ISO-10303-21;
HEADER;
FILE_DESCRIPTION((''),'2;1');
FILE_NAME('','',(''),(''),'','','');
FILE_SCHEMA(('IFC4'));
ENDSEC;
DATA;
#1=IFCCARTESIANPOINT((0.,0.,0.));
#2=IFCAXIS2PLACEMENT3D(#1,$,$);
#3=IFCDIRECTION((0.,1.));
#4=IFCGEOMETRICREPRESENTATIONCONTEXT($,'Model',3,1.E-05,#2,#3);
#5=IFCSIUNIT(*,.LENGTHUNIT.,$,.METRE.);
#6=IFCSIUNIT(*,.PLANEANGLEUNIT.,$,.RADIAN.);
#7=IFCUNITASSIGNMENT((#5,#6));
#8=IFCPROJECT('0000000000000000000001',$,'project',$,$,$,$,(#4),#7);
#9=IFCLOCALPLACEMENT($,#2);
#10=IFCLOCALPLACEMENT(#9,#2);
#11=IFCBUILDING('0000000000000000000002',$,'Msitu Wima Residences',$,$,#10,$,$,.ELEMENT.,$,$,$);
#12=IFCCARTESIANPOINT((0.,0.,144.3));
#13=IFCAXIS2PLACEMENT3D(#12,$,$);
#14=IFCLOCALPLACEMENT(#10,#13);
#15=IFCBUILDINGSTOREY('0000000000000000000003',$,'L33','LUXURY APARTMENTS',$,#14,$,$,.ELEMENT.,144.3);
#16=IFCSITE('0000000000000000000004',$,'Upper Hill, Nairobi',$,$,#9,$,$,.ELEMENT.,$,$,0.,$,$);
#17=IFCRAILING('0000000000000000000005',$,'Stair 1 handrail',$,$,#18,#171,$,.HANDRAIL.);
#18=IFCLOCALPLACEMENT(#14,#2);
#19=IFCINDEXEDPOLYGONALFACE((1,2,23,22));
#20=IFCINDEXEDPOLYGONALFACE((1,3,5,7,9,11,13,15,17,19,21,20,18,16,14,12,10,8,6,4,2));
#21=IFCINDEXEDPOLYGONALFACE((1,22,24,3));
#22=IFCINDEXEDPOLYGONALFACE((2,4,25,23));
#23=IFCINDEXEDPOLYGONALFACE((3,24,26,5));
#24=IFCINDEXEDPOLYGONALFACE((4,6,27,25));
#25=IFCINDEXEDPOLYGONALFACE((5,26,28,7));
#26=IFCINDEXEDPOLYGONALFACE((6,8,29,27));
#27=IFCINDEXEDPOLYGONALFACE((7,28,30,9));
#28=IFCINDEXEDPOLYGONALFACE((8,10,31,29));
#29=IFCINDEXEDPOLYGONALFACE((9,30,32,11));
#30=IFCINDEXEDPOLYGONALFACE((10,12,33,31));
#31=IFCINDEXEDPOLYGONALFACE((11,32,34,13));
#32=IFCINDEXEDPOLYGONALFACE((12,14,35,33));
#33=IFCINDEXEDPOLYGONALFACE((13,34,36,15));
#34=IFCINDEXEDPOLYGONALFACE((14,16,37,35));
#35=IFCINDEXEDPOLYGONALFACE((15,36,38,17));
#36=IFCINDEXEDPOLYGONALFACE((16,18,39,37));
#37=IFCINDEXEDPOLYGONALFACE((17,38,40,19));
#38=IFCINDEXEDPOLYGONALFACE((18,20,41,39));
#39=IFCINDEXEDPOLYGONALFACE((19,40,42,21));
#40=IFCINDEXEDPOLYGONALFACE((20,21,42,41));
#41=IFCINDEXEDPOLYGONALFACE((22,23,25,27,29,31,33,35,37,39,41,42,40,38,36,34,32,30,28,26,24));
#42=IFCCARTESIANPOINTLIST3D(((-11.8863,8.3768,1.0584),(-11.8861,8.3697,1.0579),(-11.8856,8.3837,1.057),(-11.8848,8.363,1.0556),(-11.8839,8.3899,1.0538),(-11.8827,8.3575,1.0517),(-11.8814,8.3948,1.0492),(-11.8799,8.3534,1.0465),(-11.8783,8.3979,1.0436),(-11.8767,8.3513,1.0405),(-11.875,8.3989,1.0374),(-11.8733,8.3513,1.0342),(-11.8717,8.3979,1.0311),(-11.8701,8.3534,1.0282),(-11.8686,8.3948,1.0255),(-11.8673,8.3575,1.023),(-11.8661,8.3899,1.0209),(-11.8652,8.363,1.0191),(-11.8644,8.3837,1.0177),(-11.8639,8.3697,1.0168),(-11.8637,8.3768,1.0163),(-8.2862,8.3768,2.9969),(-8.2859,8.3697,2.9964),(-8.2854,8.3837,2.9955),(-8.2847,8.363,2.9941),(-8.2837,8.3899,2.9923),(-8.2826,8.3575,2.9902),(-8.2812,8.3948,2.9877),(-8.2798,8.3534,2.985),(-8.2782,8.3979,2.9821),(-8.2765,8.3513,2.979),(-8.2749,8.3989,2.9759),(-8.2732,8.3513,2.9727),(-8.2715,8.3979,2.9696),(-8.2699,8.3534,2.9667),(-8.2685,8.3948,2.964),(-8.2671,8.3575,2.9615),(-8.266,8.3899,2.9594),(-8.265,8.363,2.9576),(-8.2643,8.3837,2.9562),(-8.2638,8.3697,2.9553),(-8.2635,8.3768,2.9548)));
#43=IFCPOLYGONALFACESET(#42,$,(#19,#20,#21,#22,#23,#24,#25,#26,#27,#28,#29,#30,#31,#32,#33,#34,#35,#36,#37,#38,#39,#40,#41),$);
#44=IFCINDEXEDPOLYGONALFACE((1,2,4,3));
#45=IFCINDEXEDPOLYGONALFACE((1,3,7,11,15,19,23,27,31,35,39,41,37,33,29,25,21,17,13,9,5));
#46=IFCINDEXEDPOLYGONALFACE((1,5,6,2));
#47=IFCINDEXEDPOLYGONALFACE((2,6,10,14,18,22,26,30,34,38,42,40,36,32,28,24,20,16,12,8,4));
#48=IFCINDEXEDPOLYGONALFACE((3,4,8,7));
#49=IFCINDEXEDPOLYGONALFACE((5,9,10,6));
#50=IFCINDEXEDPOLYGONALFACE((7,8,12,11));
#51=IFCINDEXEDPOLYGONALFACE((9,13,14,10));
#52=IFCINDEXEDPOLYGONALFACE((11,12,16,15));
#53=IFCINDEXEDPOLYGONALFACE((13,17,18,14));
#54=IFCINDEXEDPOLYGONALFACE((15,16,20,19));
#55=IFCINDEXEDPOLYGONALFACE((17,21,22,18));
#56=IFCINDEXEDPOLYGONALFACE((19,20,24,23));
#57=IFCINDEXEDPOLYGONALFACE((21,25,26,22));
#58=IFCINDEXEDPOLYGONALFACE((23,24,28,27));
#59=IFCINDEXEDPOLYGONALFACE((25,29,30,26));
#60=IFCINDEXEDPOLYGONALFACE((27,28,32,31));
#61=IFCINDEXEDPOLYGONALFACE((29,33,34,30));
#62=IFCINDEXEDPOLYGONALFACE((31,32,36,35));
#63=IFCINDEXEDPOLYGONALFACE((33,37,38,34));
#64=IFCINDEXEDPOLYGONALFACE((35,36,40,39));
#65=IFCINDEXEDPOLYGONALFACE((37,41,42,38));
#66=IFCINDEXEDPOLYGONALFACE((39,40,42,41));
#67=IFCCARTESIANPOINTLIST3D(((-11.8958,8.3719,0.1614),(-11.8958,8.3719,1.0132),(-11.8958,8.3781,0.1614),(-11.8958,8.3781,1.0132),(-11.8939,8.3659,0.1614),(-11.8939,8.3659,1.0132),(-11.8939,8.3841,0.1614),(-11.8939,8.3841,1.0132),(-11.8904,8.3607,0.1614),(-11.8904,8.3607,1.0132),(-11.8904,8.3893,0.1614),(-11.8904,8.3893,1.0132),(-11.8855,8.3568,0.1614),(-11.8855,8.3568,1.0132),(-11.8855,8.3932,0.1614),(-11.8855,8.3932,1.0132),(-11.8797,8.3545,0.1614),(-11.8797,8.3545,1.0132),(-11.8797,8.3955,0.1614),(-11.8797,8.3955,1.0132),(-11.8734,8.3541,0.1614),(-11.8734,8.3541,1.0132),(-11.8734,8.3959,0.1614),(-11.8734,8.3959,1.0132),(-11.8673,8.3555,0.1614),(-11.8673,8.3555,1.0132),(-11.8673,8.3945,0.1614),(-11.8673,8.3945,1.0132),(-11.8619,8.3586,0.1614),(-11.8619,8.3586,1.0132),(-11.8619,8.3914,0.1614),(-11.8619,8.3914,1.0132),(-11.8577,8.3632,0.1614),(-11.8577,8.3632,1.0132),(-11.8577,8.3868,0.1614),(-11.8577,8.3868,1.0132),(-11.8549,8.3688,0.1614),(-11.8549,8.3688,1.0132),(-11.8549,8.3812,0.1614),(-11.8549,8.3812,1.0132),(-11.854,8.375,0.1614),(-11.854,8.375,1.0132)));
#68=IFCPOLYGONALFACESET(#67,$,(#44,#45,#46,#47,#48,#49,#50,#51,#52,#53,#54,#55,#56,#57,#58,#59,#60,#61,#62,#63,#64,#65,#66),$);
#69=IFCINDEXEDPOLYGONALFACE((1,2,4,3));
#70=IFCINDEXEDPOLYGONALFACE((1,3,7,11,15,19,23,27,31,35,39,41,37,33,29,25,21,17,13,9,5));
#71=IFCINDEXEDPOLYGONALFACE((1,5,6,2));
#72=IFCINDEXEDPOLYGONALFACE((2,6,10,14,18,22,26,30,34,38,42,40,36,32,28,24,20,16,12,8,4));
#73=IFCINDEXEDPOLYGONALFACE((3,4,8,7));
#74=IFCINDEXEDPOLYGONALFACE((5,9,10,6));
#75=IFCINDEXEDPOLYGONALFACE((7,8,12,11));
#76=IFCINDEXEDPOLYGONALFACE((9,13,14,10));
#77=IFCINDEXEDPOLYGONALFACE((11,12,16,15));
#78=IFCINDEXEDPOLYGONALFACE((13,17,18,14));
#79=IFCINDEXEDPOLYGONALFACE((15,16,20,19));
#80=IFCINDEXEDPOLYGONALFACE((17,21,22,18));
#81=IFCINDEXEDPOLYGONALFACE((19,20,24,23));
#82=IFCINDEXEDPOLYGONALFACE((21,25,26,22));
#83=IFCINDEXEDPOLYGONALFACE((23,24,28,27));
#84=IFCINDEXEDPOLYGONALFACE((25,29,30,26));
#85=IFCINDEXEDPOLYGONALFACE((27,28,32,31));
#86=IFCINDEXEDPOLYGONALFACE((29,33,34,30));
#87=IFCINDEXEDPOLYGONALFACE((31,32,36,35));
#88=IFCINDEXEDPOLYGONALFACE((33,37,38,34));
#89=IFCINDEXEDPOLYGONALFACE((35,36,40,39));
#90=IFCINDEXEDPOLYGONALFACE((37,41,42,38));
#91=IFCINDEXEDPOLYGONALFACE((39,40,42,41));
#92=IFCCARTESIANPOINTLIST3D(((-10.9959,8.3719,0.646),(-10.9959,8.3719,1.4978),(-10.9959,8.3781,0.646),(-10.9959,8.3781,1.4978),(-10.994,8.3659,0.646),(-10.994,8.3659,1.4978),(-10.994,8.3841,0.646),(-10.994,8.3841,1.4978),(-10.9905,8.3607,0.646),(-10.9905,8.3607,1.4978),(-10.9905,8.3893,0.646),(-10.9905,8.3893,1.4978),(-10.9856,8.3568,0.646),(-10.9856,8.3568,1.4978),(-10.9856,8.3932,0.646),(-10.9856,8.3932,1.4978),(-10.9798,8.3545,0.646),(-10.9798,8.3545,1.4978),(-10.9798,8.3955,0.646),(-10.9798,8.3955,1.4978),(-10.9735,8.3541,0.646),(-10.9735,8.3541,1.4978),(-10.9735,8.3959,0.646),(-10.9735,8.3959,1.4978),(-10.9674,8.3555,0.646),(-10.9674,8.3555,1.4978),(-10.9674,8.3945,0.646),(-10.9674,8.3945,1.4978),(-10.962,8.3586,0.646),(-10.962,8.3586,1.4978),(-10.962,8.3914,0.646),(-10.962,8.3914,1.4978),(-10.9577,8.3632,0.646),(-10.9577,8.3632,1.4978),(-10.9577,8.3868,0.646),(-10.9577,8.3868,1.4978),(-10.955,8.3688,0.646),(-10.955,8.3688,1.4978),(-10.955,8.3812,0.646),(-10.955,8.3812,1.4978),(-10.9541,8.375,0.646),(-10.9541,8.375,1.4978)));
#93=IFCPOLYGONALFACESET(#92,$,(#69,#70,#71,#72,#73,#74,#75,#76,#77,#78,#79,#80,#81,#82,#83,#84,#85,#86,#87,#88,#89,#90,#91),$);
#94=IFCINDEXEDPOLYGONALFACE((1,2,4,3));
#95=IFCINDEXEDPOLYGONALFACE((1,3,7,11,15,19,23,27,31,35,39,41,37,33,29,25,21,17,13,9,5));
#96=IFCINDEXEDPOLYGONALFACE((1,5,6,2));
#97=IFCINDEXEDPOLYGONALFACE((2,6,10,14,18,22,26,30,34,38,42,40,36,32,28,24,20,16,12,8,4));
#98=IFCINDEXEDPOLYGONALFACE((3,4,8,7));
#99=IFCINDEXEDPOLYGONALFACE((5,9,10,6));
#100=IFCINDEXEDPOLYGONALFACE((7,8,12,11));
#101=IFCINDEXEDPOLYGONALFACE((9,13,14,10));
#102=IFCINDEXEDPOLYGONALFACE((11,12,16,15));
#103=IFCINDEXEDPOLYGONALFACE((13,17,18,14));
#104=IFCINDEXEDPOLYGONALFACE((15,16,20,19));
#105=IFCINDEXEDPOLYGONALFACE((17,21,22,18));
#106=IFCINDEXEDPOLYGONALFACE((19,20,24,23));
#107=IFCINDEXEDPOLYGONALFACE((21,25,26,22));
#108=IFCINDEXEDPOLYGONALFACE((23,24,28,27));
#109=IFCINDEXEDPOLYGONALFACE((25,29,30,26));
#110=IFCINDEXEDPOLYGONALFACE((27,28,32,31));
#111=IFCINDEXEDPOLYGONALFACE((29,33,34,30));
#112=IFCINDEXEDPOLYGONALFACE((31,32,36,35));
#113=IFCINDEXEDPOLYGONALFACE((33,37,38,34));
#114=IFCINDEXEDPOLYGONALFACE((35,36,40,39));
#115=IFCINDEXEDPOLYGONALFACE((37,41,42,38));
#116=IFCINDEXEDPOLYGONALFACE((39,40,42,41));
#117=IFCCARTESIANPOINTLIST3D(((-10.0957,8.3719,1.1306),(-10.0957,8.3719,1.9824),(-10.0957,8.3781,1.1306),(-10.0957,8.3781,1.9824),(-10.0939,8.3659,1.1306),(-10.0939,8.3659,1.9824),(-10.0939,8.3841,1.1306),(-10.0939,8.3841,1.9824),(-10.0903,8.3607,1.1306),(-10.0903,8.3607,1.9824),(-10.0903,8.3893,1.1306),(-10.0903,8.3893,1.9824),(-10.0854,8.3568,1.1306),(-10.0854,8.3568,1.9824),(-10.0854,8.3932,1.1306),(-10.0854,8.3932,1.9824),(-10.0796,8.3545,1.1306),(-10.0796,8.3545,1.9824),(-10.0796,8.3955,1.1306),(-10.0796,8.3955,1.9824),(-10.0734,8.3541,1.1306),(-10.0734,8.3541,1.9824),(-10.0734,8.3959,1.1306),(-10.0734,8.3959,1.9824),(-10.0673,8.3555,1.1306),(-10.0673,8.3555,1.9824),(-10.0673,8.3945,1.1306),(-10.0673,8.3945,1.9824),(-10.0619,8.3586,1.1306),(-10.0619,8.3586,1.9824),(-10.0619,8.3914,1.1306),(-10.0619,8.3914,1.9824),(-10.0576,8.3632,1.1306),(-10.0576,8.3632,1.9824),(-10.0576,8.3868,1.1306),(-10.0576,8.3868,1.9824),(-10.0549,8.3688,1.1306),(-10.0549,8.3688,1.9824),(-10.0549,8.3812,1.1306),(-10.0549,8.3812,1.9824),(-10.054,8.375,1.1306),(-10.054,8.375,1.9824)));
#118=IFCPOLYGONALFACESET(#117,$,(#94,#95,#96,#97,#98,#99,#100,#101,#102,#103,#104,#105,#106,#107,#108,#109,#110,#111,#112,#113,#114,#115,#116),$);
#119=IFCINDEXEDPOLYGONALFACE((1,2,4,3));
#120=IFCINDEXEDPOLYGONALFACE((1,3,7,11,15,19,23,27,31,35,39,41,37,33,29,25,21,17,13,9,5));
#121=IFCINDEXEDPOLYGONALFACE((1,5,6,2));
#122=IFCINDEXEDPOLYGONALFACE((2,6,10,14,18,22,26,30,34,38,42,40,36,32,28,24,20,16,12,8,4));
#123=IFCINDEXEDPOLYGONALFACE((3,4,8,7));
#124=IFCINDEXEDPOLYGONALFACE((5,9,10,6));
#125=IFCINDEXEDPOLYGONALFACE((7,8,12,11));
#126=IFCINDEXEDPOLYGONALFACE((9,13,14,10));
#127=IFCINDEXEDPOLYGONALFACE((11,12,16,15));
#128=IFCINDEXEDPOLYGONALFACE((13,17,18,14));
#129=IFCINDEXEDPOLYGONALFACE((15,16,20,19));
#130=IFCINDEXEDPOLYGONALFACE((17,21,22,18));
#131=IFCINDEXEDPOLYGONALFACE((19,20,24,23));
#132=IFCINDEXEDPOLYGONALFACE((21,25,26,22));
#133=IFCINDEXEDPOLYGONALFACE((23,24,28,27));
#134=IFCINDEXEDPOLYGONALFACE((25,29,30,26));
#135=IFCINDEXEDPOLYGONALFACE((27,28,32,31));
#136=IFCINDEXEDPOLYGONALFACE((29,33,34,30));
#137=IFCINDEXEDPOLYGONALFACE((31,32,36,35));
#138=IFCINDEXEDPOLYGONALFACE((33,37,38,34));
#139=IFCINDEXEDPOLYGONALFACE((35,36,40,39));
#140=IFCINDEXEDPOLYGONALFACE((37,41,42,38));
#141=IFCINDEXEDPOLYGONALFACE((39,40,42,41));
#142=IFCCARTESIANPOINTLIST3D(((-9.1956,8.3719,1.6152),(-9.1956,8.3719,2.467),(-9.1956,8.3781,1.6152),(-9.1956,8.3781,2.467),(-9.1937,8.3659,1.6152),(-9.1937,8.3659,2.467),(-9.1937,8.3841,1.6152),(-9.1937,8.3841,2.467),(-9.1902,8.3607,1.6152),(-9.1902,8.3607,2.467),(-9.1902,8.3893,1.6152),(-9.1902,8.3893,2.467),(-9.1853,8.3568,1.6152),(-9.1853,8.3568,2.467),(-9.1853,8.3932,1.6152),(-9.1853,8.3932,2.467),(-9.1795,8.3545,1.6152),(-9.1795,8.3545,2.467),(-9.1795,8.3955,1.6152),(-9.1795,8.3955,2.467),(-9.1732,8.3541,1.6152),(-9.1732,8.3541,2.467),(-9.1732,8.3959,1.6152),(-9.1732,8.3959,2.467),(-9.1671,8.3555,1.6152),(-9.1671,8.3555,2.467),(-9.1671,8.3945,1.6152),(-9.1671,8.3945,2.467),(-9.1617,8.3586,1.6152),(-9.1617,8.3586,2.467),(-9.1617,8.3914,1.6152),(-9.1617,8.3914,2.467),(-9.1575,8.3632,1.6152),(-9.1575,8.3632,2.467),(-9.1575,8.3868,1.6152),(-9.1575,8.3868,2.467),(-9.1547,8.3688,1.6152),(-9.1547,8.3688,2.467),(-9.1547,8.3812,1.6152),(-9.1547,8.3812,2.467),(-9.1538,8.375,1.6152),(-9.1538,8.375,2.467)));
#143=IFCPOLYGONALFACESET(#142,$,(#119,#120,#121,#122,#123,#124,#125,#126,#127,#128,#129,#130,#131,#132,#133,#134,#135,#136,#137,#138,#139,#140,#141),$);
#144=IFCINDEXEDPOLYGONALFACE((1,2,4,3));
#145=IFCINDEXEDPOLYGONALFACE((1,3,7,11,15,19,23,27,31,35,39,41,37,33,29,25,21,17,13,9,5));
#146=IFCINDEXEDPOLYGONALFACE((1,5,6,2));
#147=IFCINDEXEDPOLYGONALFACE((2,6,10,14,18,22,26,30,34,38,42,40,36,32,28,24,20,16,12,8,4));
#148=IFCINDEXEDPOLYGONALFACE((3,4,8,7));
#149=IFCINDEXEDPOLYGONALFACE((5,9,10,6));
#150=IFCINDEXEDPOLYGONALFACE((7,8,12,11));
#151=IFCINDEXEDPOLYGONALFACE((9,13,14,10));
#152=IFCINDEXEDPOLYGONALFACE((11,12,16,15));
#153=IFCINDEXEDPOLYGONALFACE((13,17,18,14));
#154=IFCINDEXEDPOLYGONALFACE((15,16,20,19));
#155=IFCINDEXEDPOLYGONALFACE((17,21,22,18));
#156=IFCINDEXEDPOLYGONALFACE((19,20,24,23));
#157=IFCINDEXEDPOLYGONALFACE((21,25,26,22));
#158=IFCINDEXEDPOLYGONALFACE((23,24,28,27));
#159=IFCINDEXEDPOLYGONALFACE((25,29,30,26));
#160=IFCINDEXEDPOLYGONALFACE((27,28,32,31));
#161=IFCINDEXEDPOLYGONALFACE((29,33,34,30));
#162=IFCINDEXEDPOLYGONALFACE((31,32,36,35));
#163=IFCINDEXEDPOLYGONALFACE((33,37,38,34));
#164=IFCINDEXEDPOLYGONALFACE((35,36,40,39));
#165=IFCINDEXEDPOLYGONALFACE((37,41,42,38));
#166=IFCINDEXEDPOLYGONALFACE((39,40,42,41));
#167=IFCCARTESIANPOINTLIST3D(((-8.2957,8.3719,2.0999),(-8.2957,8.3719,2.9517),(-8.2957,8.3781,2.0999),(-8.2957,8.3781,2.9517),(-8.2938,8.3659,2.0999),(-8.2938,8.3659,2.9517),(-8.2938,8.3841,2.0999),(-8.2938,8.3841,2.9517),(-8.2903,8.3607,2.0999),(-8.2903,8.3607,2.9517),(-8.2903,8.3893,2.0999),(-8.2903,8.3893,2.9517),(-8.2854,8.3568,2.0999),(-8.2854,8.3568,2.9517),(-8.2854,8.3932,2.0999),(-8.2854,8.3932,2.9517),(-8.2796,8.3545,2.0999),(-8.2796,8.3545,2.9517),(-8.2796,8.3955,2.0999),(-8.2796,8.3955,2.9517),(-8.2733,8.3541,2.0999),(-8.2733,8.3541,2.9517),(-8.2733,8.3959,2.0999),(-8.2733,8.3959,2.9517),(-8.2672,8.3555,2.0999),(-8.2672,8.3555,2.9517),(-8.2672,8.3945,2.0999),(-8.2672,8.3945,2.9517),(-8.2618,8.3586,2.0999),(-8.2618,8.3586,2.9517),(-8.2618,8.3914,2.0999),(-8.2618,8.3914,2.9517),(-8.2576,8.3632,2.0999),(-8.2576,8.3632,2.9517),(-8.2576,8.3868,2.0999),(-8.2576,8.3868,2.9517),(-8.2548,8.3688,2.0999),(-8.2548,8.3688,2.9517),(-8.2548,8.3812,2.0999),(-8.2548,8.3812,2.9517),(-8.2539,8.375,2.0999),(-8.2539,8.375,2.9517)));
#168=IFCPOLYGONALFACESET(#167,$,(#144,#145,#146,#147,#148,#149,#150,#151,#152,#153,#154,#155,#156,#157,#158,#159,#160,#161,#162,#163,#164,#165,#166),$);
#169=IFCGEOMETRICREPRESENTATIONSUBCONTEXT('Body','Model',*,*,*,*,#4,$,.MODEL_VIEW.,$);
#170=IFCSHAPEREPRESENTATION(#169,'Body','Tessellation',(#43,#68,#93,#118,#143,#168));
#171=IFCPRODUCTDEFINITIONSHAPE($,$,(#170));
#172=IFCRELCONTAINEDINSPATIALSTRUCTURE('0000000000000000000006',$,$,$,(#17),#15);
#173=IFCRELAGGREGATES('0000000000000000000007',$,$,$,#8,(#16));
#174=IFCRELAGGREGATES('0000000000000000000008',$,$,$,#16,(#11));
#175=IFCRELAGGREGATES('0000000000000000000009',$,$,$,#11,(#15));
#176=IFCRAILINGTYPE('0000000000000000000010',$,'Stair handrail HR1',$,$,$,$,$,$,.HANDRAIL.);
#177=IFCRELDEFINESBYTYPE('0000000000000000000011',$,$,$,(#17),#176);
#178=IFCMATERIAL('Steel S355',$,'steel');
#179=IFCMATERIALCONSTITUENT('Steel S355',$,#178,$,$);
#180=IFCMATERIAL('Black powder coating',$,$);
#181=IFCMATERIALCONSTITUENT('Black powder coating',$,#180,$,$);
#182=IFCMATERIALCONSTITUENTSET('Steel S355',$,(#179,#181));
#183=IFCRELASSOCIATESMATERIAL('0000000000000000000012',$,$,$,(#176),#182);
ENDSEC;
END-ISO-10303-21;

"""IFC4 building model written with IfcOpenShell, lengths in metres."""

from ifc_helpers import new_model, si_unit, direction, frame, origin, origin_2d, place, context, subcontext, project, spatial, circle, extrude, material, constituent, constituent_set, type_object, element, save


model = new_model("IFC4")

# Units and contexts
model_context = context("Model", 3, precision=1e-05, world=origin(), true_north=direction((0.0, 1.0)))
body_context = subcontext(model_context, "Body", "Model", "MODEL_VIEW")
ifc_project = project(units=[si_unit("LENGTHUNIT", "METRE"), si_unit("PLANEANGLEUNIT", "RADIAN")], contexts=[model_context])

# Site, building, storey
site_placement = place(None, origin())
site = spatial("IfcSite", under=ifc_project, at=site_placement, Name="Upper Hill, Nairobi", CompositionType="ELEMENT", RefElevation=0.0)
building_placement = place(site_placement, origin())
building = spatial("IfcBuilding", under=site, at=building_placement, Name="Msitu Wima Residences", CompositionType="ELEMENT")
storey_placement = place(building_placement, frame((0.0, 0.0, 144.3)))
storey = spatial("IfcBuildingStorey", under=building, at=storey_placement, Name="L33", Description="LUXURY APARTMENTS", CompositionType="ELEMENT", Elevation=144.3)

# Railing
ifc_material_1 = material(Name="Steel S355", Category="steel")
ifc_constituent_1 = constituent(ifc_material_1, Name="Steel S355")
ifc_material_2 = material(Name="Black powder coating")
ifc_constituent_2 = constituent(ifc_material_2, Name="Black powder coating")
ifc_constituent_set = constituent_set(constituents=[ifc_constituent_1, ifc_constituent_2], Name="Steel S355")
railing_type = type_object("IfcRailingType", Name="Stair handrail HR1", PredefinedType="HANDRAIL", material=ifc_constituent_set)
for number, where, name in (
    (1, (-11.875, 8.375, 0.1614), "Stair 1 handrail"),
):
    element("IfcRailing", number, at=place(storey_placement, frame(where)), inside=storey, type_object=railing_type, Name=name, PredefinedType="HANDRAIL", context=body_context, shape_type="SweptSolid", body=[
        extrude(circle(Radius=0.0239, at=origin_2d()), frame((0.0, 0.0, 0.876), z_axis=(0.880475, 0.0, 0.474093), x_axis=(0.0, 1.0, 0.0)), (0.0, 0.0, 1.0), 4.0889),
        extrude(circle(Radius=0.021, at=origin_2d()), origin(), (0.0, 0.0, 1.0), 0.8518),
        extrude(circle(Radius=0.021, at=origin_2d()), frame((0.8999, 0.0, 0.4846)), (0.0, 0.0, 1.0), 0.8518),
        extrude(circle(Radius=0.021, at=origin_2d()), frame((1.8, 0.0, 0.9692)), (0.0, 0.0, 1.0), 0.8518),
        extrude(circle(Radius=0.021, at=origin_2d()), frame((2.7002, 0.0, 1.4539)), (0.0, 0.0, 1.0), 0.8518),
        extrude(circle(Radius=0.021, at=origin_2d()), frame((3.6001, 0.0, 1.9385)), (0.0, 0.0, 1.0), 0.8518),
    ])

save(model, "model.ifc")
